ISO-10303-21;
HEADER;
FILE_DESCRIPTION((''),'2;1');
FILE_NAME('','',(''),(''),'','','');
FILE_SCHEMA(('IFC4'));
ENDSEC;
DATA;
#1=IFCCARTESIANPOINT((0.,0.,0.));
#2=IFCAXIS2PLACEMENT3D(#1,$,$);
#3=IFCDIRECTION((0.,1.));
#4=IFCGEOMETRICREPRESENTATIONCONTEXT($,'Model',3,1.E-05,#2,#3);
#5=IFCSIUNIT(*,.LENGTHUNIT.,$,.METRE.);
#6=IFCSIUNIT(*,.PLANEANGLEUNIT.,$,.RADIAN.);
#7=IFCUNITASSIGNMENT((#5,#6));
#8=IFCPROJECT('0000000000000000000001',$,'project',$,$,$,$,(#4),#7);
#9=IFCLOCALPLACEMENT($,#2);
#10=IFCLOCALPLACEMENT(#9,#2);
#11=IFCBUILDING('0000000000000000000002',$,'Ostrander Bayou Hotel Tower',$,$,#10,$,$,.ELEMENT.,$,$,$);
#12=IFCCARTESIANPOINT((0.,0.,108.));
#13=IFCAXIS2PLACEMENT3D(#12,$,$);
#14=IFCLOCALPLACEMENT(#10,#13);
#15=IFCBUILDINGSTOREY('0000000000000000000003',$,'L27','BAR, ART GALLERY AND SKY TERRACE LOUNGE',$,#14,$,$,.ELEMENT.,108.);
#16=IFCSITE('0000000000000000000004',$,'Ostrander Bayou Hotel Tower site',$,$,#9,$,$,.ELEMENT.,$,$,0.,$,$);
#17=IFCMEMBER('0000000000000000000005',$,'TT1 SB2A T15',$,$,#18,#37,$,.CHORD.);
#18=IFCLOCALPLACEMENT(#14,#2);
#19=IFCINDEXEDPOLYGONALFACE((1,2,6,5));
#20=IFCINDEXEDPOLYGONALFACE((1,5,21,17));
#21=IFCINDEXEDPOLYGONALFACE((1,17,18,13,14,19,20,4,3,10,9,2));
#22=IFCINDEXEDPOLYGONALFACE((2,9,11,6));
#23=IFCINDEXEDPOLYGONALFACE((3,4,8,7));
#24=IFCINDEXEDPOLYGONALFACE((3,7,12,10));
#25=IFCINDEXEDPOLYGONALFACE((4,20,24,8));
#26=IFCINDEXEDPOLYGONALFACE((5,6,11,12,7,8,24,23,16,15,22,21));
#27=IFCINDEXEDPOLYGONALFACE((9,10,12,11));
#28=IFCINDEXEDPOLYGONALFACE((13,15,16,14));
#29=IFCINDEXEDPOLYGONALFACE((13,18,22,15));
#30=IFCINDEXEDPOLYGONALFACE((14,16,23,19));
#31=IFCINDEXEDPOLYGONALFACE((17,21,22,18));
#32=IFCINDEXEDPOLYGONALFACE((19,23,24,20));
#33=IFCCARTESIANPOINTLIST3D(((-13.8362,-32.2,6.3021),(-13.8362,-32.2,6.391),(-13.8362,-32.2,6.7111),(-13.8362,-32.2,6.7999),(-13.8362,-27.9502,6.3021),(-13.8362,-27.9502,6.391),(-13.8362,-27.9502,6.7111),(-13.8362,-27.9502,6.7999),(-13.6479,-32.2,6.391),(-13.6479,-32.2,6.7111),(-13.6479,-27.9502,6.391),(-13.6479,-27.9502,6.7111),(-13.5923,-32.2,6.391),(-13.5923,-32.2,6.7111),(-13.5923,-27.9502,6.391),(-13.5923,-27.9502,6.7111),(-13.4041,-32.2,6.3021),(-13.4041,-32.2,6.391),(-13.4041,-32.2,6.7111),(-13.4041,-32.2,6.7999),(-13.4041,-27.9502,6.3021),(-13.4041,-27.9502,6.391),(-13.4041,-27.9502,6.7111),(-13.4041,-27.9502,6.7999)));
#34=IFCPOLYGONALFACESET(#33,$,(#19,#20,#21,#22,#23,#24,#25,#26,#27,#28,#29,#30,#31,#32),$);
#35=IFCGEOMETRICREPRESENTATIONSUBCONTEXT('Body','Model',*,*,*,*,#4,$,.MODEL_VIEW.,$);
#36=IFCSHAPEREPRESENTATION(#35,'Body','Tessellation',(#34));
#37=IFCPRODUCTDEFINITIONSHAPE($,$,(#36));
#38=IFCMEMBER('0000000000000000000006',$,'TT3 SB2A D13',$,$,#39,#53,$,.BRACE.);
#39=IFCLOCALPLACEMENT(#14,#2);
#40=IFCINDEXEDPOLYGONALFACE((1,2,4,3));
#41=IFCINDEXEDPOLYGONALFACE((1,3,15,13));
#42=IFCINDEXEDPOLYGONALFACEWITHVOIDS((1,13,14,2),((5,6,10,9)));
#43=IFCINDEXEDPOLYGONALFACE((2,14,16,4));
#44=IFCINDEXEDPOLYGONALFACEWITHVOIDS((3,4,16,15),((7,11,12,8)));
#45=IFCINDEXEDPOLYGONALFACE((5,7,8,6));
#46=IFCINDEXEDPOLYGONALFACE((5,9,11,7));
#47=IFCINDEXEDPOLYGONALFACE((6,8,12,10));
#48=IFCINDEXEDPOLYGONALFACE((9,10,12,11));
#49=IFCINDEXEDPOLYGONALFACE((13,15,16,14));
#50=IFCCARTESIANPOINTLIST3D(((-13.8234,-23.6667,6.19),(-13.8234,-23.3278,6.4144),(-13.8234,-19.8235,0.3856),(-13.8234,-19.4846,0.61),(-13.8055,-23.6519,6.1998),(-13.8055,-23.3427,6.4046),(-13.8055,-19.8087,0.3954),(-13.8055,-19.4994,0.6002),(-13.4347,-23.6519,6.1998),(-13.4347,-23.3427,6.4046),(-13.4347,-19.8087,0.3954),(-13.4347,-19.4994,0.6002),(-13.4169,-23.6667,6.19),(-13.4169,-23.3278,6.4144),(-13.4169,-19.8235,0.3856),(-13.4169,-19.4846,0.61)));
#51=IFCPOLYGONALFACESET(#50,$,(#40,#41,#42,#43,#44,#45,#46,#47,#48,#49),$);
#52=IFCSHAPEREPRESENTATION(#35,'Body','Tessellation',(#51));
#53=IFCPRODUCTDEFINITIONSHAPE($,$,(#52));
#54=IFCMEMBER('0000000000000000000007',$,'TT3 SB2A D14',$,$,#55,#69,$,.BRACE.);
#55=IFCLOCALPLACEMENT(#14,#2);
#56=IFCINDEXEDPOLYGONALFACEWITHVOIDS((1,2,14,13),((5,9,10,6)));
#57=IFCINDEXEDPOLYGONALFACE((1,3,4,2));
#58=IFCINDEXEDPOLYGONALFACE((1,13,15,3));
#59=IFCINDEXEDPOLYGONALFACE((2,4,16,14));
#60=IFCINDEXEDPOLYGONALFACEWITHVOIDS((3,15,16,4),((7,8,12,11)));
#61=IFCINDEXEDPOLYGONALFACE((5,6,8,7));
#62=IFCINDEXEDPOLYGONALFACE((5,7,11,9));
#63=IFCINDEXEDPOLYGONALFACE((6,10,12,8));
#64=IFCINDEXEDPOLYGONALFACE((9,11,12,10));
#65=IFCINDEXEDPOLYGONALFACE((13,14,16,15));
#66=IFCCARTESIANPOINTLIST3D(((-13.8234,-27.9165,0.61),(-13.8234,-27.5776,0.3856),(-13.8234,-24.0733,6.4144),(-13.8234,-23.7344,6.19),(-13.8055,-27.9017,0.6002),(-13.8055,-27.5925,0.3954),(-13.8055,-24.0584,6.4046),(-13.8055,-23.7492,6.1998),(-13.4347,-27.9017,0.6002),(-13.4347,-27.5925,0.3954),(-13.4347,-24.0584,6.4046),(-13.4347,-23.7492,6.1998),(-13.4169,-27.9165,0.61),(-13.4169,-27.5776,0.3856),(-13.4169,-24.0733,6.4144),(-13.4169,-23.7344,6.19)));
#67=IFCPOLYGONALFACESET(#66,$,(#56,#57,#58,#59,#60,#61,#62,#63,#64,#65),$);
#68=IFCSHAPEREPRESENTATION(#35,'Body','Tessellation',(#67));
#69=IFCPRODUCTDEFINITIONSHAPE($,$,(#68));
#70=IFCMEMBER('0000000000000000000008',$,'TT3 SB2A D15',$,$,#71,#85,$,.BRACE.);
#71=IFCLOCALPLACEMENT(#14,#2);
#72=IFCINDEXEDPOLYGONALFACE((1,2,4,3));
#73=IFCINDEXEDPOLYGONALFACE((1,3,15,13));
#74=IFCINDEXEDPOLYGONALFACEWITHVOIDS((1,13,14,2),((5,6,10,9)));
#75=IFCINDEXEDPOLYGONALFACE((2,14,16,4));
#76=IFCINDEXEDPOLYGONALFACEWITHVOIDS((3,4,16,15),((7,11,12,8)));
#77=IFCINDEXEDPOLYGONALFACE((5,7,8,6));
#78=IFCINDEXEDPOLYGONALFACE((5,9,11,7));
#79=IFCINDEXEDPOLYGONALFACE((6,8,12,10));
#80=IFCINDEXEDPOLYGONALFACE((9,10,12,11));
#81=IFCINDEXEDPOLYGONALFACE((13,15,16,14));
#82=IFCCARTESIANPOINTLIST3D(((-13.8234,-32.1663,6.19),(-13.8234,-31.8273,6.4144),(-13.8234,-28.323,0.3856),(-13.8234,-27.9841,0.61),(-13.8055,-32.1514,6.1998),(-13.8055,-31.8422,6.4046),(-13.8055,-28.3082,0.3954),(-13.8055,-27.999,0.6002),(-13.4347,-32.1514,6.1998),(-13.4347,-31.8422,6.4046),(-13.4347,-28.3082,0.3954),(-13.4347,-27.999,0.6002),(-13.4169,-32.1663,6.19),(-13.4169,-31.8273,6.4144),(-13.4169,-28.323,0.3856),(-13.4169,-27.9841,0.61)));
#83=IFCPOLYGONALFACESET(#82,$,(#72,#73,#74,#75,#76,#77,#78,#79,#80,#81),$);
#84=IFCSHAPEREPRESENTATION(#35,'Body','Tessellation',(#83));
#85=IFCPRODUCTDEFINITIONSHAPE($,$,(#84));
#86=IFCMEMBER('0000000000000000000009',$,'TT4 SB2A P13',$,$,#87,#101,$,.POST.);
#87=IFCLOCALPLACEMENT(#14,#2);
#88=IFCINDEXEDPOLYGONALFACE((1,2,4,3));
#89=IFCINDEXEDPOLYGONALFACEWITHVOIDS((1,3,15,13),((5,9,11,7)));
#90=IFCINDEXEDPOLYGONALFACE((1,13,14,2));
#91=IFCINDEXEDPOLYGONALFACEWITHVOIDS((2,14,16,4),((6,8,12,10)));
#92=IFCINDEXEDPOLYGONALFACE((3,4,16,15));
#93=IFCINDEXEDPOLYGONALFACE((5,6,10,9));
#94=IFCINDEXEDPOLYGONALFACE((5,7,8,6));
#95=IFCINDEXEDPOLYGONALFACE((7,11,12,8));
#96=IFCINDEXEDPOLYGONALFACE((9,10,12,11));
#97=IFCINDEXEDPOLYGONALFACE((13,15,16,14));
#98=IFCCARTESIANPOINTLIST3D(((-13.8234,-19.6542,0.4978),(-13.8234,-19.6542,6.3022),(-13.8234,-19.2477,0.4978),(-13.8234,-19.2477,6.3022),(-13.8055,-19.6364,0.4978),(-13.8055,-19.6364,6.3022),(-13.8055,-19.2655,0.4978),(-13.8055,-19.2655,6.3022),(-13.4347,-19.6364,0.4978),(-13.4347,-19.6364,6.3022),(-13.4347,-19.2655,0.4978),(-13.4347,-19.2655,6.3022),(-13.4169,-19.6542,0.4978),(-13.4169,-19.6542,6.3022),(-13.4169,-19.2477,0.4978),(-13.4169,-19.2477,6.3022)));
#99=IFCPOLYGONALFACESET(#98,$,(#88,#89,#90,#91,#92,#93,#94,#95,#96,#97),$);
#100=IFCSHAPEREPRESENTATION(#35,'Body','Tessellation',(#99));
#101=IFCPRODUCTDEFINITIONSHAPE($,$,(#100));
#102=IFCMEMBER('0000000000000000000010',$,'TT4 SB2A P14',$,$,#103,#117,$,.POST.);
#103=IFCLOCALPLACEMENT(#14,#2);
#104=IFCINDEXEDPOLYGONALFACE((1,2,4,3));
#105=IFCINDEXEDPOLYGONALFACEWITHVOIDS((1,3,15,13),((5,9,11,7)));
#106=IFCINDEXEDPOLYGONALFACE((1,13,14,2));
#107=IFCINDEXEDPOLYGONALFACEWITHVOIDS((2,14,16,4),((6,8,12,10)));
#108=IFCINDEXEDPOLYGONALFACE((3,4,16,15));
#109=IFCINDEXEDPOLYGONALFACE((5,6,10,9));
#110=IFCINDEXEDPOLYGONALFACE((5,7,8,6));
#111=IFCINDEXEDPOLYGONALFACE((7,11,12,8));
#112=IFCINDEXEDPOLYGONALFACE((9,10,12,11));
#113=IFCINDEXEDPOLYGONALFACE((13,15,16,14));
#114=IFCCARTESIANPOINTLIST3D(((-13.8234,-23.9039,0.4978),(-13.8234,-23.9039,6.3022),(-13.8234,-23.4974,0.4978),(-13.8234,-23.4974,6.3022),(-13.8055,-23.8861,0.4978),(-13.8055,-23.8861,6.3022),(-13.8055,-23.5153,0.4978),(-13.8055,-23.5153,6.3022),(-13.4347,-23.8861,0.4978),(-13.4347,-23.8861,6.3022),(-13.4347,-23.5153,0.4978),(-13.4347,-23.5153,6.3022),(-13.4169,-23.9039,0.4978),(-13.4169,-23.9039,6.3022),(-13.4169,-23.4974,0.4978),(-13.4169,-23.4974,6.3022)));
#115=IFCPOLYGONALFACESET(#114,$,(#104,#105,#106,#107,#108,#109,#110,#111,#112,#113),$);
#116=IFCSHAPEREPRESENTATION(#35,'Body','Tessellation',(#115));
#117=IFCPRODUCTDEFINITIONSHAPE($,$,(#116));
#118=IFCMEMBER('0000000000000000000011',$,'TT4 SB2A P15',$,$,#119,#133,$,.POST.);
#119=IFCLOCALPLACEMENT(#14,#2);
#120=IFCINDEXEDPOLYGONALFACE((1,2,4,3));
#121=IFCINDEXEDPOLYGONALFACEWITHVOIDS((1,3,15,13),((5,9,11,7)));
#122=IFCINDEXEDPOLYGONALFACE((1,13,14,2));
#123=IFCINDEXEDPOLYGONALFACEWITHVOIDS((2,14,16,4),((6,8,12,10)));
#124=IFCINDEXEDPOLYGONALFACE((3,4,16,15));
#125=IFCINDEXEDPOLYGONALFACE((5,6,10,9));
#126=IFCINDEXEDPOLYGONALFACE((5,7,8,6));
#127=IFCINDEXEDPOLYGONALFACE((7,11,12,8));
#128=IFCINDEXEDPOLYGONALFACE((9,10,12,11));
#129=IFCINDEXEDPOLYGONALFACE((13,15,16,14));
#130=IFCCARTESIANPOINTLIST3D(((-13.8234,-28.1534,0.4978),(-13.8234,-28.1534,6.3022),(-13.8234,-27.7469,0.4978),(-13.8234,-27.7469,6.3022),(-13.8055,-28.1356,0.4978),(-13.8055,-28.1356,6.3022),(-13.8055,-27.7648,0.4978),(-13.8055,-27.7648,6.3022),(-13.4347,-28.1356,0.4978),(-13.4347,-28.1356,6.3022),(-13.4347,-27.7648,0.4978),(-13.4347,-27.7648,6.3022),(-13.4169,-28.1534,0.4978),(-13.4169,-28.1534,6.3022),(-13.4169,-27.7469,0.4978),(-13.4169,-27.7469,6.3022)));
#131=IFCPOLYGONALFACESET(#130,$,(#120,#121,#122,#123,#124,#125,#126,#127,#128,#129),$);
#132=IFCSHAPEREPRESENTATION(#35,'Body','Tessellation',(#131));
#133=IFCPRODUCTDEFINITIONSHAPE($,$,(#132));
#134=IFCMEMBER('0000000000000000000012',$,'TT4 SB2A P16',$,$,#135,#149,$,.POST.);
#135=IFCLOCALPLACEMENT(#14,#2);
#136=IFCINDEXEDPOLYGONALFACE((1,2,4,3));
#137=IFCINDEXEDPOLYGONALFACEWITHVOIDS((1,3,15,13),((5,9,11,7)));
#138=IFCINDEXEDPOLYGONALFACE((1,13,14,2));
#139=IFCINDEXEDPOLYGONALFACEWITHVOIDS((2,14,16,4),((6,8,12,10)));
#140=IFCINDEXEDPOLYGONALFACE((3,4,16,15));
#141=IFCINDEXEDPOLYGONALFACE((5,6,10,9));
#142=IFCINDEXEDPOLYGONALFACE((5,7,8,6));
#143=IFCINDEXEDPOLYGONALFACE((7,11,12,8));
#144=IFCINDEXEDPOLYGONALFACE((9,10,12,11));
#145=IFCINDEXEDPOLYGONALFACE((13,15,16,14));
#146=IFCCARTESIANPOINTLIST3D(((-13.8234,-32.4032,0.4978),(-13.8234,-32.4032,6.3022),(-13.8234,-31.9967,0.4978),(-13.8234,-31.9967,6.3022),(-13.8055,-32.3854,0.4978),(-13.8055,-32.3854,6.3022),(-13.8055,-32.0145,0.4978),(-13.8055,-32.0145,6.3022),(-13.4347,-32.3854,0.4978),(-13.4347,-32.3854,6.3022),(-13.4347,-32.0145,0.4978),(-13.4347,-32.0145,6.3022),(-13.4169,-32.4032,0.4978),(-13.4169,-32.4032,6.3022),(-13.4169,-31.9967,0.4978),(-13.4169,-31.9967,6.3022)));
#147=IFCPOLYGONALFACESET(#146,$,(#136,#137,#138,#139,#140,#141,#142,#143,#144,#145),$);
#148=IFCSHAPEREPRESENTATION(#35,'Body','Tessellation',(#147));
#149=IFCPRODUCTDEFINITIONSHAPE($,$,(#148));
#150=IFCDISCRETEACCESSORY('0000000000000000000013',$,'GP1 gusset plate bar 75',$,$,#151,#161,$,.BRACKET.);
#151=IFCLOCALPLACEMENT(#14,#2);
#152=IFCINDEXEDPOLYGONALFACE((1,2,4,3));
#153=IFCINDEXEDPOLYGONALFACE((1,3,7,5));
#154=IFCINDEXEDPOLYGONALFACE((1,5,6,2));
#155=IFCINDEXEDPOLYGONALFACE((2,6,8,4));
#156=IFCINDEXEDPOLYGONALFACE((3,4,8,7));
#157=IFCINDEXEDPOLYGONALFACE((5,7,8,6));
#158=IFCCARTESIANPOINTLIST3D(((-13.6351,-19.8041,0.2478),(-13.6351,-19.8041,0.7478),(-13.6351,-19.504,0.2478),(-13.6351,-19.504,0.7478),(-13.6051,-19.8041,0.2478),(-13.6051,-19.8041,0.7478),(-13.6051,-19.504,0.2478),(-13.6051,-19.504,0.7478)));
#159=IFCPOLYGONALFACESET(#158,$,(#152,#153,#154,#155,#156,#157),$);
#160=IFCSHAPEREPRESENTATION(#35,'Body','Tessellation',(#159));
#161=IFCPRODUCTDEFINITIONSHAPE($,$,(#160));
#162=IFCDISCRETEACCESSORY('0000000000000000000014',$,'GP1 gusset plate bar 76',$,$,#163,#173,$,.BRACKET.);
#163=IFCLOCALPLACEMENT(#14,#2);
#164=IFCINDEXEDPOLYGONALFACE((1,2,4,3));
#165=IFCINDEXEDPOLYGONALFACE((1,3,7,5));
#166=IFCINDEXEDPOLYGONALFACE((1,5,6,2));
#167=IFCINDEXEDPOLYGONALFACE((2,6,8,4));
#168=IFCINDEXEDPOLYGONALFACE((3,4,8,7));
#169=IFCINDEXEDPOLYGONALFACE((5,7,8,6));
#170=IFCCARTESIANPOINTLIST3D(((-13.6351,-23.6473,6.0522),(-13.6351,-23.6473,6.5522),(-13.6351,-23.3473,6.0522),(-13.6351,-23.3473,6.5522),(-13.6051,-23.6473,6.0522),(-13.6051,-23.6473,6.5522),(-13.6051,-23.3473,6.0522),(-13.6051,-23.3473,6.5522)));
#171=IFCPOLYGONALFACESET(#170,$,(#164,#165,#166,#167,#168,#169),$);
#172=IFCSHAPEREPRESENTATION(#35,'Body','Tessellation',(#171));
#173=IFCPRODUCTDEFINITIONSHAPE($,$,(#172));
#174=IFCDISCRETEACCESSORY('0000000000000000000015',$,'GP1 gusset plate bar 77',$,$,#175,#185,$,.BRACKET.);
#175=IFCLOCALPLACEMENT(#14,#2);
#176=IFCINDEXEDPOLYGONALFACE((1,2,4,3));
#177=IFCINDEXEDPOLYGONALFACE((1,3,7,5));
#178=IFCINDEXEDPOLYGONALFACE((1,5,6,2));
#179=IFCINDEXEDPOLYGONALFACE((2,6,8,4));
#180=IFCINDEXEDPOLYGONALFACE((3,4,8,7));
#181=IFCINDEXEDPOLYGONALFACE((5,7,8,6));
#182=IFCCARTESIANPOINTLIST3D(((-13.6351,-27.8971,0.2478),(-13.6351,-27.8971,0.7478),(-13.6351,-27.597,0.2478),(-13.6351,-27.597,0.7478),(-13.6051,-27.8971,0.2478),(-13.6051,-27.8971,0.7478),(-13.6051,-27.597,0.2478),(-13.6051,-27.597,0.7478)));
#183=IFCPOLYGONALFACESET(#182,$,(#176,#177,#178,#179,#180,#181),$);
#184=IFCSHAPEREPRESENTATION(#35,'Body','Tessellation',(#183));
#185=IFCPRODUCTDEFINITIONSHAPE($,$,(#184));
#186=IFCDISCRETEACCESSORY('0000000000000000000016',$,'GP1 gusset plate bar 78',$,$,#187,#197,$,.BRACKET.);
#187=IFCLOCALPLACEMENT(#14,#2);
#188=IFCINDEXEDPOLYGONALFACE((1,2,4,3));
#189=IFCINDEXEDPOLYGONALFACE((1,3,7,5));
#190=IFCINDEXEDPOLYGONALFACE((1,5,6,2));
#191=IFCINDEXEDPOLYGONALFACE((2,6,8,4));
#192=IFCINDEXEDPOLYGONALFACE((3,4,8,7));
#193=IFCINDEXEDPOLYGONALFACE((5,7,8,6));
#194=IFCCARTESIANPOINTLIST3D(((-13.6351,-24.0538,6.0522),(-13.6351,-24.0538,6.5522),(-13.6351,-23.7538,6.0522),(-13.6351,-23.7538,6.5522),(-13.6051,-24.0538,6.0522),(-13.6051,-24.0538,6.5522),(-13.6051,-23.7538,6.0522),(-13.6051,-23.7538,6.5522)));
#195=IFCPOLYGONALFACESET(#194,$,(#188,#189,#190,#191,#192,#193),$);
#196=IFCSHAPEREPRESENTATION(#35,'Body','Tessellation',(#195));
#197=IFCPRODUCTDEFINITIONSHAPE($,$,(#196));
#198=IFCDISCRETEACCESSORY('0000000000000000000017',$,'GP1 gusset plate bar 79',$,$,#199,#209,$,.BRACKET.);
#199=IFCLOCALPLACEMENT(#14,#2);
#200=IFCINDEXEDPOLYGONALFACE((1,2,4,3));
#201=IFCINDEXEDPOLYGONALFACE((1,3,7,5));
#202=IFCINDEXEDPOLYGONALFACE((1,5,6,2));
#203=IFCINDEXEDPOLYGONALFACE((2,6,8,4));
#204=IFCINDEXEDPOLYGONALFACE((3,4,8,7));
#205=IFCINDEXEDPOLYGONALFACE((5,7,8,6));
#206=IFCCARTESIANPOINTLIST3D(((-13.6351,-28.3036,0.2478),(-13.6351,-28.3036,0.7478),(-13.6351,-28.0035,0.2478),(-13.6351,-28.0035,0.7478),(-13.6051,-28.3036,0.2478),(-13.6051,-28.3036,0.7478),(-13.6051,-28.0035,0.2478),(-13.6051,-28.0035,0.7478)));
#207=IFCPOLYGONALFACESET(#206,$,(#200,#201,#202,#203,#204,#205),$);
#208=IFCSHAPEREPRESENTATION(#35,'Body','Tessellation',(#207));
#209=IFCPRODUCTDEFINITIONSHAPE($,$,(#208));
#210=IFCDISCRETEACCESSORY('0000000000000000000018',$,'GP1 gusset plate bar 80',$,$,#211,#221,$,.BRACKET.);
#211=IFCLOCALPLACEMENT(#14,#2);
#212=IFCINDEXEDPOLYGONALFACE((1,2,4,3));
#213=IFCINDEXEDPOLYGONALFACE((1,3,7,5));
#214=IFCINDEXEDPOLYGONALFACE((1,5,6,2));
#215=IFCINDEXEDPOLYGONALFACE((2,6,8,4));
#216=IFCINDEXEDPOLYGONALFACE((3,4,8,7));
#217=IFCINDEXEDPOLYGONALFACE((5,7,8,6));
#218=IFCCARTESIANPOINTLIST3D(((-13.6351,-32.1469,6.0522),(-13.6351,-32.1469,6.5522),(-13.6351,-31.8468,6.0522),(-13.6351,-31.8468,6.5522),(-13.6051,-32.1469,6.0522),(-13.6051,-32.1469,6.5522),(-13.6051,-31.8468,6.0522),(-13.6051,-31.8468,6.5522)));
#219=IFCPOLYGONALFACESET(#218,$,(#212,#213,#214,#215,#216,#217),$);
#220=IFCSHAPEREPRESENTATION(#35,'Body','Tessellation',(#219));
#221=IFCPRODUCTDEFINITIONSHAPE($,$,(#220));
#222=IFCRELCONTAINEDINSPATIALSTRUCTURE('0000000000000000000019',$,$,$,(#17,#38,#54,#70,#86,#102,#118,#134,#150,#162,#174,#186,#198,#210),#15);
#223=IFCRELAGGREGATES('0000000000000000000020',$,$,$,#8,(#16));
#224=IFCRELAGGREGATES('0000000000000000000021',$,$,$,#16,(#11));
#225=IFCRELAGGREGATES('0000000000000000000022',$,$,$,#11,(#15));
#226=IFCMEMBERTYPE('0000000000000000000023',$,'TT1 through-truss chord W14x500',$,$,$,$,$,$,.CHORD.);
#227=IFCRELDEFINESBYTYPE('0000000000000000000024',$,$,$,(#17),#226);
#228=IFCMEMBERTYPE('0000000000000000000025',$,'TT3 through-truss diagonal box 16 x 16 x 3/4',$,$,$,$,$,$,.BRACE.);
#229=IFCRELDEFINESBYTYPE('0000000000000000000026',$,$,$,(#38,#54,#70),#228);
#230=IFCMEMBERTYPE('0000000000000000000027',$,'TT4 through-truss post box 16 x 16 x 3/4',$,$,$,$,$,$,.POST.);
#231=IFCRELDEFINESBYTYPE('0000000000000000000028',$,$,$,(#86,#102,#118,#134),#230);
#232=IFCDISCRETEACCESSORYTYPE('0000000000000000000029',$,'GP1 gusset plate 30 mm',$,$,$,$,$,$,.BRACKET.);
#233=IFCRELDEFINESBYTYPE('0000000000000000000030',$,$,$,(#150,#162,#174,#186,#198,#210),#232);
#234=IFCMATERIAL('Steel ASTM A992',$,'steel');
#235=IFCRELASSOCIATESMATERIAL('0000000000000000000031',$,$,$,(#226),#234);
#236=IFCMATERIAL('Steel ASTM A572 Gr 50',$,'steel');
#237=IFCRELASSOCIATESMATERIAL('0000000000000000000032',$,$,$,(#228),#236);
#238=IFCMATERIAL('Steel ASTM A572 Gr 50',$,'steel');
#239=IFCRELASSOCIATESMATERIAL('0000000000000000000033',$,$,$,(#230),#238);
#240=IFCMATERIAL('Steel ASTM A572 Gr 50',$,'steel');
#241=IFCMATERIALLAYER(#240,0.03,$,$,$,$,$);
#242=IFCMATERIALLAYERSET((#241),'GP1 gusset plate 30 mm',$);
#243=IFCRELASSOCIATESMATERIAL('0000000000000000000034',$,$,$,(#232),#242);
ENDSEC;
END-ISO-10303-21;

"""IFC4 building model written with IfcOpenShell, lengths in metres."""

from ifc_helpers import new_model, si_unit, direction, frame, origin, origin_2d, place, context, subcontext, project, spatial, rectangle, hollow_rectangle, i_section, extrude, material, layer, layer_set, material_profile, profile_set, type_object, element, save


model = new_model("IFC4")

# Units and contexts
model_context = context("Model", 3, precision=1e-05, world=origin(), true_north=direction((0.0, 1.0)))
body_context = subcontext(model_context, "Body", "Model", "MODEL_VIEW")
ifc_project = project(units=[si_unit("LENGTHUNIT", "METRE"), si_unit("PLANEANGLEUNIT", "RADIAN")], contexts=[model_context])

# Site, building, storey
site_placement = place(None, origin())
site = spatial("IfcSite", under=ifc_project, at=site_placement, Name="Ostrander Bayou Hotel Tower site", CompositionType="ELEMENT", RefElevation=0.0)
building_placement = place(site_placement, origin())
building = spatial("IfcBuilding", under=site, at=building_placement, Name="Ostrander Bayou Hotel Tower", CompositionType="ELEMENT")
storey_placement = place(building_placement, frame((0.0, 0.0, 108.0)))
storey = spatial("IfcBuildingStorey", under=building, at=storey_placement, Name="L27", Description="BAR, ART GALLERY AND SKY TERRACE LOUNGE", CompositionType="ELEMENT", Elevation=108.0)

# Members
ifc_material_1 = material(Name="Steel ASTM A992", Category="steel")
ifc_material_profile_1 = material_profile(ifc_material_1, i_section(OverallWidth=0.4321, OverallDepth=0.4978, WebThickness=0.0557, FlangeThickness=0.0889, at=origin_2d()))
ifc_profile_set_1 = profile_set([ifc_material_profile_1], Name="Steel ASTM A992")
member_type_1 = type_object("IfcMemberType", Name="TT1 through-truss chord W14x500", PredefinedType="CHORD", material=ifc_profile_set_1)
for number, where, z_axis, x_axis, name in (
    (1, (-13.6201, -27.9502, 6.551), (0.0, -1.0, 0.0), (1.0, 0.0, 0.0), "TT1 SB2A T15"),
):
    element("IfcMember", number, at=place(storey_placement, frame(where, z_axis=z_axis, x_axis=x_axis)), inside=storey, type_object=member_type_1, Name=name, PredefinedType="CHORD", context=body_context, shape_type="SweptSolid", body=[
        extrude(i_section(OverallWidth=0.4321, OverallDepth=0.4978, WebThickness=0.0557, FlangeThickness=0.0889, at=origin_2d()), origin(), (0.0, 0.0, 1.0), 4.2498),
    ])
ifc_material_2 = material(Name="Steel ASTM A572 Gr 50", Category="steel")
ifc_material_profile_2 = material_profile(ifc_material_2, hollow_rectangle(XDim=0.4065, YDim=0.4065, WallThickness=0.0178, at=origin_2d()))
ifc_profile_set_2 = profile_set([ifc_material_profile_2], Name="Steel ASTM A572 Gr 50")
member_type_2 = type_object("IfcMemberType", Name="TT3 through-truss diagonal box 16 x 16 x 3/4", PredefinedType="BRACE", material=ifc_profile_set_2)
for number, where, z_axis, x_axis, name in (
    (2, (-13.6201, -19.6541, 0.4978), (0.0, -0.552075, 0.833794), (1.0, 0.0, 0.0), "TT3 SB2A D13"),
    (3, (-13.6201, -27.7471, 0.4978), (0.0, 0.552075, 0.833794), (-1.0, 0.0, 0.0), "TT3 SB2A D14"),
    (4, (-13.6201, -28.1536, 0.4978), (0.0, -0.552075, 0.833794), (1.0, 0.0, 0.0), "TT3 SB2A D15"),
):
    element("IfcMember", number, at=place(storey_placement, frame(where, z_axis=z_axis, x_axis=x_axis)), inside=storey, type_object=member_type_2, Name=name, PredefinedType="BRACE", context=body_context, shape_type="SweptSolid", body=[
        extrude(hollow_rectangle(XDim=0.4065, YDim=0.4065, WallThickness=0.0178, at=origin_2d()), origin(), (0.0, 0.0, 1.0), 6.9614),
    ])
ifc_material_3 = material(Name="Steel ASTM A572 Gr 50", Category="steel")
ifc_material_profile_3 = material_profile(ifc_material_3, hollow_rectangle(XDim=0.4065, YDim=0.4065, WallThickness=0.0178, at=origin_2d()))
ifc_profile_set_3 = profile_set([ifc_material_profile_3], Name="Steel ASTM A572 Gr 50")
member_type_3 = type_object("IfcMemberType", Name="TT4 through-truss post box 16 x 16 x 3/4", PredefinedType="POST", material=ifc_profile_set_3)
for number, where, z_axis, x_axis, name in (
    (5, (-13.6201, -19.4509, 0.4978), (0.0, 0.0, 1.0), (1.0, 0.0, 0.0), "TT4 SB2A P13"),
    (6, (-13.6201, -23.7007, 0.4978), (0.0, 0.0, 1.0), (1.0, 0.0, 0.0), "TT4 SB2A P14"),
    (7, (-13.6201, -27.9502, 0.4978), (0.0, 0.0, 1.0), (1.0, 0.0, 0.0), "TT4 SB2A P15"),
    (8, (-13.6201, -32.2, 0.4978), (0.0, 0.0, 1.0), (1.0, 0.0, 0.0), "TT4 SB2A P16"),
):
    element("IfcMember", number, at=place(storey_placement, frame(where, z_axis=z_axis, x_axis=x_axis)), inside=storey, type_object=member_type_3, Name=name, PredefinedType="POST", context=body_context, shape_type="SweptSolid", body=[
        extrude(hollow_rectangle(XDim=0.4065, YDim=0.4065, WallThickness=0.0178, at=origin_2d()), origin(), (0.0, 0.0, 1.0), 5.8044),
    ])

# Discrete accessories
ifc_material_4 = material(Name="Steel ASTM A572 Gr 50", Category="steel")
ifc_layer = layer(ifc_material_4, 0.03)
ifc_layer_set = layer_set([ifc_layer], Name="GP1 gusset plate 30 mm")
discrete_accessory_type = type_object("IfcDiscreteAccessoryType", Name="GP1 gusset plate 30 mm", PredefinedType="BRACKET", material=ifc_layer_set)
for number, where, z_axis, x_axis, name in (
    (9, (-13.6201, -19.6541, 0.2478), (0.0, 0.0, 1.0), (0.0, -1.0, 0.0), "GP1 gusset plate bar 75"),
    (10, (-13.6201, -23.4973, 6.0522), (0.0, 0.0, 1.0), (0.0, -1.0, 0.0), "GP1 gusset plate bar 76"),
    (11, (-13.6201, -27.7471, 0.2478), (0.0, 0.0, 1.0), (0.0, 1.0, 0.0), "GP1 gusset plate bar 77"),
    (12, (-13.6201, -23.9038, 6.0522), (0.0, 0.0, 1.0), (0.0, 1.0, 0.0), "GP1 gusset plate bar 78"),
    (13, (-13.6201, -28.1536, 0.2478), (0.0, 0.0, 1.0), (0.0, -1.0, 0.0), "GP1 gusset plate bar 79"),
    (14, (-13.6201, -31.9968, 6.0522), (0.0, 0.0, 1.0), (0.0, -1.0, 0.0), "GP1 gusset plate bar 80"),
):
    element("IfcDiscreteAccessory", number, at=place(storey_placement, frame(where, z_axis=z_axis, x_axis=x_axis)), inside=storey, type_object=discrete_accessory_type, Name=name, PredefinedType="BRACKET", context=body_context, shape_type="SweptSolid", body=[
        extrude(rectangle(XDim=0.3, YDim=0.03, at=origin_2d()), origin(), (0.0, 0.0, 1.0), 0.5),
    ])

save(model, "model.ifc")
